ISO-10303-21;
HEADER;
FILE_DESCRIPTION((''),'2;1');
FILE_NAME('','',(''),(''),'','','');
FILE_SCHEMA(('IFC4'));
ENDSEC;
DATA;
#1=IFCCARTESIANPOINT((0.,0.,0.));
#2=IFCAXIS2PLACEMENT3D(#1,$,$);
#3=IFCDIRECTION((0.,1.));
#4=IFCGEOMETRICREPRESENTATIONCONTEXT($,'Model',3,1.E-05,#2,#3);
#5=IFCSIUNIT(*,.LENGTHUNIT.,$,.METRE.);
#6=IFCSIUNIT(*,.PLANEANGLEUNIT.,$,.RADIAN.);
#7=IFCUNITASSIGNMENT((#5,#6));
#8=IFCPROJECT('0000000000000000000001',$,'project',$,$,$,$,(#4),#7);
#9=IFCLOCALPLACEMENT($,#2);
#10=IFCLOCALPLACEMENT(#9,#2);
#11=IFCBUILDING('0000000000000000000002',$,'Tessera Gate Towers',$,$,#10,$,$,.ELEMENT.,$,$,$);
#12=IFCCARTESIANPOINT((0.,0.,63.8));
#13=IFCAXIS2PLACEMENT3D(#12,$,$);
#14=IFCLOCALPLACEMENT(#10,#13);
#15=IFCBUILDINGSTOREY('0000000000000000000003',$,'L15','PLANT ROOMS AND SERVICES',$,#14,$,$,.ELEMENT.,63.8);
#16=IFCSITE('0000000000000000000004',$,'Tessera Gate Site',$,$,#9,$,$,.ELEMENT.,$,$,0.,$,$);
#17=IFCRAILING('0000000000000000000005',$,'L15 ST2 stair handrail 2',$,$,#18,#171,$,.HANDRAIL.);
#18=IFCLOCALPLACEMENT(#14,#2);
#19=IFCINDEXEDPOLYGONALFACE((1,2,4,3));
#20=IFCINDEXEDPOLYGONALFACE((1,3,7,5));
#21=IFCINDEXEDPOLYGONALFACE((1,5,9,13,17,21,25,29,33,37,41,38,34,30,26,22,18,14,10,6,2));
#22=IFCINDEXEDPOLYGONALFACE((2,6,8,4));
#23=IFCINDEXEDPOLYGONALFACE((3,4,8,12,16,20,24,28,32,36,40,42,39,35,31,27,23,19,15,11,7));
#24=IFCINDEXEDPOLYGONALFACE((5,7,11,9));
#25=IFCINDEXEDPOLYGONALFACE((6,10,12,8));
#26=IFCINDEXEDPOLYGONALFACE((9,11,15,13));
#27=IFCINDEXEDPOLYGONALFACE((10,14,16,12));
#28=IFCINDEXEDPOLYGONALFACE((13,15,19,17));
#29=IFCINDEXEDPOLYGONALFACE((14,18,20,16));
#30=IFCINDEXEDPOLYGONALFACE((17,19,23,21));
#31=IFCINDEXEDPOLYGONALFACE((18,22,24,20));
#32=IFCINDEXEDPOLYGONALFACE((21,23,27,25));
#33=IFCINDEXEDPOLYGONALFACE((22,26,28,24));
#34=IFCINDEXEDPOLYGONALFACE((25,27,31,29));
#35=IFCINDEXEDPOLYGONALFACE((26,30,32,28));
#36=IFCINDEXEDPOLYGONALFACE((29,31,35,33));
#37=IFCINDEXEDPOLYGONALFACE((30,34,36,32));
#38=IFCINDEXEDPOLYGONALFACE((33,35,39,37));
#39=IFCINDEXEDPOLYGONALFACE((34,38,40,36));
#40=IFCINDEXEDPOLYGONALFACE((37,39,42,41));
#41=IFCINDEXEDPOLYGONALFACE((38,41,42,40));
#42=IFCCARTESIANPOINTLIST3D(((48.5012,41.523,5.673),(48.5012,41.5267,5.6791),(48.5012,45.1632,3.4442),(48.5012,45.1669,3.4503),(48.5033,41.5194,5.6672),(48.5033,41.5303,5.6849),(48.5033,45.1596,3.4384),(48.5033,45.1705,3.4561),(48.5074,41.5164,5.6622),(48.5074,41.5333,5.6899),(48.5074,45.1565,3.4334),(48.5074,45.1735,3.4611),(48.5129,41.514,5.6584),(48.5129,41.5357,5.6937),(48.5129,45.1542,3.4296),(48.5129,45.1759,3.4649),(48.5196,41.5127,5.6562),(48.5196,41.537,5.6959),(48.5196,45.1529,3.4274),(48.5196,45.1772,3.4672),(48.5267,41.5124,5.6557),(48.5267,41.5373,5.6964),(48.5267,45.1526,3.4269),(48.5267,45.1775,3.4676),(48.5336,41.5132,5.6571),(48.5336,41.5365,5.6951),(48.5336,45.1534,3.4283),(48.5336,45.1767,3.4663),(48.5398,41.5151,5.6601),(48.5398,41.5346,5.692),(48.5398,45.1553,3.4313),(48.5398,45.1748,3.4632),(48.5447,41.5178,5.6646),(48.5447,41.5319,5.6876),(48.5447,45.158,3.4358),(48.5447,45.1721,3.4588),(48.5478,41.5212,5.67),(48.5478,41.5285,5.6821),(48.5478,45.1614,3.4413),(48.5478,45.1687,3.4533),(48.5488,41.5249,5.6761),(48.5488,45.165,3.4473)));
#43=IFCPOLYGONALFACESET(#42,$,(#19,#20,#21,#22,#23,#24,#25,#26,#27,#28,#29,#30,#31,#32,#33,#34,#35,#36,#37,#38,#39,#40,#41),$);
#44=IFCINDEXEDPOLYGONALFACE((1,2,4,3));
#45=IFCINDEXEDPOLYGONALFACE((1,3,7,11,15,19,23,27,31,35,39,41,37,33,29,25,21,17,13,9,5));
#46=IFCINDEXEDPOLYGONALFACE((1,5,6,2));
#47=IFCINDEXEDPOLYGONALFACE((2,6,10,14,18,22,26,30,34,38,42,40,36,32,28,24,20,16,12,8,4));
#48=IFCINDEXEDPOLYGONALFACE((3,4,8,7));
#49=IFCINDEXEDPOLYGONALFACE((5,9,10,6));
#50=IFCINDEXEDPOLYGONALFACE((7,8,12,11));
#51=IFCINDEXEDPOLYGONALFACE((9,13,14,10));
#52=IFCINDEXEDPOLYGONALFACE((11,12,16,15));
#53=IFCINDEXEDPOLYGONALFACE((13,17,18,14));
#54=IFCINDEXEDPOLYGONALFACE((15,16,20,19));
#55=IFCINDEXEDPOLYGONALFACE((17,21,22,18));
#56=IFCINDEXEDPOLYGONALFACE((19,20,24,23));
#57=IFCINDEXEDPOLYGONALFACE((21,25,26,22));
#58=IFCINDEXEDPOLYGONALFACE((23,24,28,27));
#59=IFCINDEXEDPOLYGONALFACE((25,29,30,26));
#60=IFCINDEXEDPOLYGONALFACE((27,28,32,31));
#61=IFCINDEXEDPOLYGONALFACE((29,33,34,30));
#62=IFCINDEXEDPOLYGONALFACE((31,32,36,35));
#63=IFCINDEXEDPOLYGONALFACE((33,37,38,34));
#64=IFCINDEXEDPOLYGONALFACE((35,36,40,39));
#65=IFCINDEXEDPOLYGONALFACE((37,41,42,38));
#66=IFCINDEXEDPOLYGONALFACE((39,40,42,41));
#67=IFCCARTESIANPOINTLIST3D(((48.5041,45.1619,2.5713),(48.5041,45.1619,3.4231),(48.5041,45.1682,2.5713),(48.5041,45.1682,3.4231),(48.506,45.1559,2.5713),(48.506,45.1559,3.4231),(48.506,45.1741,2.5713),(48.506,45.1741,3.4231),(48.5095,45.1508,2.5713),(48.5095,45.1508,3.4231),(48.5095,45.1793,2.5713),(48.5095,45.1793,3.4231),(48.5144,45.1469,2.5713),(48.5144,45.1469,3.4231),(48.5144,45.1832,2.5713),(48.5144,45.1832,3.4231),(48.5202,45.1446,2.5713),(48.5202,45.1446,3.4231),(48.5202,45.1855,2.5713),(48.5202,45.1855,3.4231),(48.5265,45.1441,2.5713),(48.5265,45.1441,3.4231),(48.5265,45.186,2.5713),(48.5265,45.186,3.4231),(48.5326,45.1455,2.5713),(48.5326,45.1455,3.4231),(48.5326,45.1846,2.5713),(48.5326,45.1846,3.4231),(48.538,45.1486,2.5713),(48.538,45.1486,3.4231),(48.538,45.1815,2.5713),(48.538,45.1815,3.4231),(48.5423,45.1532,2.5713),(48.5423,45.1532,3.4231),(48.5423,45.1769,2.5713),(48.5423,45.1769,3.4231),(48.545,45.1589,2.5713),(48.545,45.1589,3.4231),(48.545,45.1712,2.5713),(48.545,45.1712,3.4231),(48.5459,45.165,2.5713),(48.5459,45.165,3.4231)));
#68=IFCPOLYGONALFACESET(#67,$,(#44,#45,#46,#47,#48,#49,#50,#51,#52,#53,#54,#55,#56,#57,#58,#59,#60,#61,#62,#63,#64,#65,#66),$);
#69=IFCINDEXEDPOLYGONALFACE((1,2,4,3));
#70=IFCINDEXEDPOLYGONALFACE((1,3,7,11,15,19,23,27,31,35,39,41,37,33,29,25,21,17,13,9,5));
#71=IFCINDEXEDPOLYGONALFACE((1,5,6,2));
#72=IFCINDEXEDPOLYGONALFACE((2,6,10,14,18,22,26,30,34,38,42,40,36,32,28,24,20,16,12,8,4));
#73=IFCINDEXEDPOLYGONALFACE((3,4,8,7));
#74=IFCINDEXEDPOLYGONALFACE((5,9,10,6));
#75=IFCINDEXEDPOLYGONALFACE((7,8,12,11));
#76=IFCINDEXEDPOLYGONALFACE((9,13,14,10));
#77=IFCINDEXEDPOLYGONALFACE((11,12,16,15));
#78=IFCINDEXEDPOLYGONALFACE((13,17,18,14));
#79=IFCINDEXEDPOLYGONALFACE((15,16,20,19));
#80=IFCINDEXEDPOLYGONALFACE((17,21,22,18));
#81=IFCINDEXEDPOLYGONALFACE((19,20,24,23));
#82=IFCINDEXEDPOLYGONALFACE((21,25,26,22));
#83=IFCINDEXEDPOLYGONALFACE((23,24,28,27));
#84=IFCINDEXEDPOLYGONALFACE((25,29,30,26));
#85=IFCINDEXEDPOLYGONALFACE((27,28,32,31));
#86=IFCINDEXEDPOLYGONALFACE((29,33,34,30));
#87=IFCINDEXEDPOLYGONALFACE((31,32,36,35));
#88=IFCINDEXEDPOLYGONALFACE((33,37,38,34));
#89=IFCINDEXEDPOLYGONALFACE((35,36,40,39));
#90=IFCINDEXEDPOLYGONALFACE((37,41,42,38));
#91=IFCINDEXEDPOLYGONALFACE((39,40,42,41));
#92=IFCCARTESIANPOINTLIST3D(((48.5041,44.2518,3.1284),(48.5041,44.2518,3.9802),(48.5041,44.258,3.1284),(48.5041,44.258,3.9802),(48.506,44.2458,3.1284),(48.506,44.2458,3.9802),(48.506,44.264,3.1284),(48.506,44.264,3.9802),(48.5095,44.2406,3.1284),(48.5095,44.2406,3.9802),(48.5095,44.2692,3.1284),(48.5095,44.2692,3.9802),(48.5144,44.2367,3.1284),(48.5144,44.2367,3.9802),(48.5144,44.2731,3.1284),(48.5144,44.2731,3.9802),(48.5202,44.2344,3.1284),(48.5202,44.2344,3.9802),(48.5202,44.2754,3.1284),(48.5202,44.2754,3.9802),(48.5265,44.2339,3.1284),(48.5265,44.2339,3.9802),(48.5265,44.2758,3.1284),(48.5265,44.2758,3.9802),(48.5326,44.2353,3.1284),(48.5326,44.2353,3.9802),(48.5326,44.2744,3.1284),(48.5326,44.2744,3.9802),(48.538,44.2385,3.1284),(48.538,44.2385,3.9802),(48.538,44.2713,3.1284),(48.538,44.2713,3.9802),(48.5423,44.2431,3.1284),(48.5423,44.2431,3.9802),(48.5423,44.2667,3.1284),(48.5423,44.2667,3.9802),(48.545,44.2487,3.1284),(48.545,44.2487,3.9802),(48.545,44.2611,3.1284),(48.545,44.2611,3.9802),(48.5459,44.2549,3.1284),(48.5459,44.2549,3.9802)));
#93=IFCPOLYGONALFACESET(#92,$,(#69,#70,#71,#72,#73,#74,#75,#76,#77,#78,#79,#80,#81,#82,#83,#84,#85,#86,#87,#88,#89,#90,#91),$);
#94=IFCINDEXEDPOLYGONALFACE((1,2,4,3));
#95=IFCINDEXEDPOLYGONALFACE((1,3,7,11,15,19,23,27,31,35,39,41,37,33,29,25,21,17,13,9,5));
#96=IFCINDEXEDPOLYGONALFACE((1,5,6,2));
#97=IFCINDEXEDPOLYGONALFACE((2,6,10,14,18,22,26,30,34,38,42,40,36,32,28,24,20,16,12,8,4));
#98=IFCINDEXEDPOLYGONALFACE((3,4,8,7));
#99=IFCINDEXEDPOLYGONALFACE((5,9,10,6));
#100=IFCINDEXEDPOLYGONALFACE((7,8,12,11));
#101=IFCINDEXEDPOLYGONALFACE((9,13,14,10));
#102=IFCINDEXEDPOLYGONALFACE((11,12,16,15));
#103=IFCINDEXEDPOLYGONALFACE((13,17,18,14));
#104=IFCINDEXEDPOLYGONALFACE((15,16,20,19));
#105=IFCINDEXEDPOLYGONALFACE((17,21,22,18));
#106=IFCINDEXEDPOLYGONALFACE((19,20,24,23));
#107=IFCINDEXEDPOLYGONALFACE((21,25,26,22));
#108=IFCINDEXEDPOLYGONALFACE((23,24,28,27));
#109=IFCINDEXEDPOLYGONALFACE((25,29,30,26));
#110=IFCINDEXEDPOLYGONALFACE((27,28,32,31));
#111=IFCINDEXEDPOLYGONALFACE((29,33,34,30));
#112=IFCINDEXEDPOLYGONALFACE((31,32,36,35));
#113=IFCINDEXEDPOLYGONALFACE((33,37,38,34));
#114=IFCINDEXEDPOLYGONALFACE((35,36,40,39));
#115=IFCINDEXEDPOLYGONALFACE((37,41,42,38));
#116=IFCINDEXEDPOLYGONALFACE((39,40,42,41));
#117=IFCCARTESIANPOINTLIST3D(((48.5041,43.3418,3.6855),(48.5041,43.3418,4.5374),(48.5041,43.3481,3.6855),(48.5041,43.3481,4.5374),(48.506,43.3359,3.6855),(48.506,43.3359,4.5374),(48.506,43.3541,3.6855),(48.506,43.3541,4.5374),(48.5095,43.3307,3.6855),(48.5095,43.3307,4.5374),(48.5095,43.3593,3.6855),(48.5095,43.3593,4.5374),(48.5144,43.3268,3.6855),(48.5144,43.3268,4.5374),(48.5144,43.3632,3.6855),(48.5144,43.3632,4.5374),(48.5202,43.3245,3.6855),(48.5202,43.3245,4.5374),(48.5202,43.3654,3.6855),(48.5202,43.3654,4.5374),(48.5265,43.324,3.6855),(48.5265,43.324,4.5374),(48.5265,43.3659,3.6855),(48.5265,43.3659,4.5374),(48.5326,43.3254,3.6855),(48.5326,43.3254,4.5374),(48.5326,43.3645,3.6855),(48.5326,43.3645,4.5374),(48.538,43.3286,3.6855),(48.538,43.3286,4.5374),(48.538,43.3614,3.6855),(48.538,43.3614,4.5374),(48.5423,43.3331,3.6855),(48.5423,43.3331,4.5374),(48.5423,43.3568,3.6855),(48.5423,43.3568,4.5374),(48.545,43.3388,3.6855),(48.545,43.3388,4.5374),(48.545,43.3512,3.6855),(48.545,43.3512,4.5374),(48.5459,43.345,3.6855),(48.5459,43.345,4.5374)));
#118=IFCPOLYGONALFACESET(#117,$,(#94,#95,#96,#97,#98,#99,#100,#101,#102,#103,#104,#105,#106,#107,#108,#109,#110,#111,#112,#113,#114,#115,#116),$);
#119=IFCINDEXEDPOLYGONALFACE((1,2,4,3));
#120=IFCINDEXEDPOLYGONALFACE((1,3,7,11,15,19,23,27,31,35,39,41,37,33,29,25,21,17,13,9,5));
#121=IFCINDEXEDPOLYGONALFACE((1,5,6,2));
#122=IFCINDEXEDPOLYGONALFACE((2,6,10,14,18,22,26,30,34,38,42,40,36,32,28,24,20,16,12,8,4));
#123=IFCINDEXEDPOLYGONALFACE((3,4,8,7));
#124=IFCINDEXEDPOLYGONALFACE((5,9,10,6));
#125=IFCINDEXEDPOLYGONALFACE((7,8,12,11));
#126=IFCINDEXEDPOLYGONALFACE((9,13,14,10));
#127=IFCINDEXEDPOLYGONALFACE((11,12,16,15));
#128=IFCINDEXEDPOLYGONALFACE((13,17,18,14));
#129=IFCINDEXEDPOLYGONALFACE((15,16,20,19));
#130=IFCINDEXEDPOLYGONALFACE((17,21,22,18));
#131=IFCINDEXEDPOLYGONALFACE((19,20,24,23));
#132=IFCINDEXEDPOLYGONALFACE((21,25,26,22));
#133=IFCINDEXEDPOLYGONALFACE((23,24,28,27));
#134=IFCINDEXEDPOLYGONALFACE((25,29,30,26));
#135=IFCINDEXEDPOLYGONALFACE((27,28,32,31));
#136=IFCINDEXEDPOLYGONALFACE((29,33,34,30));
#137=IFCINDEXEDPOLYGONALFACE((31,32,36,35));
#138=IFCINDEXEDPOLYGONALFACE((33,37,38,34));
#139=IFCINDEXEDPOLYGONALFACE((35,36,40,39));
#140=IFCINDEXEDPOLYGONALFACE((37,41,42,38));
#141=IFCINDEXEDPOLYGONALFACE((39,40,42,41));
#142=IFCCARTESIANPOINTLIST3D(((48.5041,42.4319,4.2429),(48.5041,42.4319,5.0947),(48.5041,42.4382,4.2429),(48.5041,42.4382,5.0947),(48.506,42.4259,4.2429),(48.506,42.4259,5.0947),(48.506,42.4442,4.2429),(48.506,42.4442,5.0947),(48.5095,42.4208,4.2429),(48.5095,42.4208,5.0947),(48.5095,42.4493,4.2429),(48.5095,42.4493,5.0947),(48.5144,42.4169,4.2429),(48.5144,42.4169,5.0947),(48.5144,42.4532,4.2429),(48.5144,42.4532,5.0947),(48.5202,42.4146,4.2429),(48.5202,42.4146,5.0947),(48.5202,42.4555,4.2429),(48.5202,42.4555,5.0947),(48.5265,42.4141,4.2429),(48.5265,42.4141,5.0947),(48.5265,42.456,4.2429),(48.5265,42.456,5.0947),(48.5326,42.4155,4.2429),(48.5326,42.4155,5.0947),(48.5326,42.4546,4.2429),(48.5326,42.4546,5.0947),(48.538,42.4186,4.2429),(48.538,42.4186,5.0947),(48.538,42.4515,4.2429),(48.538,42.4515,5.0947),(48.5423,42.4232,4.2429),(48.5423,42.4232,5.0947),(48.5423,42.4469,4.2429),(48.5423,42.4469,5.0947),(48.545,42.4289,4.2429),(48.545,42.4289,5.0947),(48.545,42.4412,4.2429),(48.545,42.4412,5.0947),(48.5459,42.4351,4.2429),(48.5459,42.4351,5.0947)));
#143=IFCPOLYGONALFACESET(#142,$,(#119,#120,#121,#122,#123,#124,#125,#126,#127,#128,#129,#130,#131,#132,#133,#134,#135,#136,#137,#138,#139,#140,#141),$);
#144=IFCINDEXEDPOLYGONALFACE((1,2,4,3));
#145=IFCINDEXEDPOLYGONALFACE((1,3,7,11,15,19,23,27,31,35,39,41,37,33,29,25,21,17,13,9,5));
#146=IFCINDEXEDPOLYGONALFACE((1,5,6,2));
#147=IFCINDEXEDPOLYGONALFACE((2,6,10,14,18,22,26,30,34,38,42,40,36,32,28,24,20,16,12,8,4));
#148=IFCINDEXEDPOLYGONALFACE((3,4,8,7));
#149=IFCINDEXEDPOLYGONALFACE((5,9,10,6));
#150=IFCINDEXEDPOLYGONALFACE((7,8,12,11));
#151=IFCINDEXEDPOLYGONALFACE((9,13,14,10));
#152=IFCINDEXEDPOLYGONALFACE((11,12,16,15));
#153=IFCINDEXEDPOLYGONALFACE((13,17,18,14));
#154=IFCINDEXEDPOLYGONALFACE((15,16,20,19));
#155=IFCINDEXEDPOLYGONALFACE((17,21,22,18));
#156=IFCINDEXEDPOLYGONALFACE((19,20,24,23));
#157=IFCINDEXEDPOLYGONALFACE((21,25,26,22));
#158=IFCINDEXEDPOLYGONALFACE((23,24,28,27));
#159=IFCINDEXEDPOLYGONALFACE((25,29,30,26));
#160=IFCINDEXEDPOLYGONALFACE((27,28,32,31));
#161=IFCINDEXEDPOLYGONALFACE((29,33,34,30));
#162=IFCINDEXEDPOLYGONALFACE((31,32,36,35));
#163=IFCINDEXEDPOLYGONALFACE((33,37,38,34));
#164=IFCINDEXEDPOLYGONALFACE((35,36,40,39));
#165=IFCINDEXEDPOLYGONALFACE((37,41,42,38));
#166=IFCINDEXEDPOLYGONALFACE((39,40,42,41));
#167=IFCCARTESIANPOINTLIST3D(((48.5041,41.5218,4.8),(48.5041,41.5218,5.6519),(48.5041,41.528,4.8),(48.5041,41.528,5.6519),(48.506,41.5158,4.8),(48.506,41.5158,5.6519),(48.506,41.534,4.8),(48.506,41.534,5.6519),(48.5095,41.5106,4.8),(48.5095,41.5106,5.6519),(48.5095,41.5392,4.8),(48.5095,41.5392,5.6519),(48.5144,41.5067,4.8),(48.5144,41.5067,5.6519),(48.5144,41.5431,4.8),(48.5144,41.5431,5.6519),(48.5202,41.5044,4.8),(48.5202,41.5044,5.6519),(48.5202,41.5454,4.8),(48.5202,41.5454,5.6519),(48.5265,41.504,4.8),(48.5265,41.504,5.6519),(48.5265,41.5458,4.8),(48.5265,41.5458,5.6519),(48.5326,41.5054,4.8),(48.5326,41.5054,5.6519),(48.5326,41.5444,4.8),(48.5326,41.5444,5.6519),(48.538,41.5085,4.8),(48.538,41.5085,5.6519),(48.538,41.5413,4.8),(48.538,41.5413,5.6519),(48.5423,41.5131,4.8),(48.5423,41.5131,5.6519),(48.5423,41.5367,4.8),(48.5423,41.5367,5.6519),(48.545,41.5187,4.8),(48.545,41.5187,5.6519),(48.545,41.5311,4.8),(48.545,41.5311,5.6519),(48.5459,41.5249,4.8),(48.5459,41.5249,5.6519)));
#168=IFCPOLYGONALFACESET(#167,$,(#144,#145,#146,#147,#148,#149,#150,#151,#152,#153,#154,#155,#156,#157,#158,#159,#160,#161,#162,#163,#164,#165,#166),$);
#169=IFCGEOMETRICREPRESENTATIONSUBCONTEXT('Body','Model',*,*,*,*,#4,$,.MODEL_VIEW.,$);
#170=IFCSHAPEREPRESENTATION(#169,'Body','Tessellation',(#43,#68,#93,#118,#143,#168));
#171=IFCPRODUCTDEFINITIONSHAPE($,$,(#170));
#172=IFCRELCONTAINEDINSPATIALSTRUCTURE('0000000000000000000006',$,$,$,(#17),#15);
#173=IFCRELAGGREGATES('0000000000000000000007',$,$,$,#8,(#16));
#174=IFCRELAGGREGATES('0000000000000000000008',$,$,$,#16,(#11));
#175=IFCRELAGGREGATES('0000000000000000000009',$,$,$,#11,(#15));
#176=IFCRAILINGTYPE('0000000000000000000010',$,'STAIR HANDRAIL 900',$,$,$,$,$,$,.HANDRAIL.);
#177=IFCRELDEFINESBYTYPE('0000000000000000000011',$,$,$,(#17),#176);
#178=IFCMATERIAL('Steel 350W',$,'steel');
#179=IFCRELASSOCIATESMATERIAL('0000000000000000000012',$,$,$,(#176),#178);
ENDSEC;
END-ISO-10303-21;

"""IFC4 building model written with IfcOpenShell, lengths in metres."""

from ifc_helpers import new_model, si_unit, direction, frame, origin, origin_2d, place, context, subcontext, project, spatial, circle, extrude, material, type_object, element, save


model = new_model("IFC4")

# Units and contexts
model_context = context("Model", 3, precision=1e-05, world=origin(), true_north=direction((0.0, 1.0)))
body_context = subcontext(model_context, "Body", "Model", "MODEL_VIEW")
ifc_project = project(units=[si_unit("LENGTHUNIT", "METRE"), si_unit("PLANEANGLEUNIT", "RADIAN")], contexts=[model_context])

# Site, building, storey
site_placement = place(None, origin())
site = spatial("IfcSite", under=ifc_project, at=site_placement, Name="Tessera Gate Site", CompositionType="ELEMENT", RefElevation=0.0)
building_placement = place(site_placement, origin())
building = spatial("IfcBuilding", under=site, at=building_placement, Name="Tessera Gate Towers", CompositionType="ELEMENT")
storey_placement = place(building_placement, frame((0.0, 0.0, 63.8)))
storey = spatial("IfcBuildingStorey", under=building, at=storey_placement, Name="L15", Description="PLANT ROOMS AND SERVICES", CompositionType="ELEMENT", Elevation=63.8)

# Railing
ifc_material_1 = material(Name="Steel 350W", Category="steel")
railing_type = type_object("IfcRailingType", Name="STAIR HANDRAIL 900", PredefinedType="HANDRAIL", material=ifc_material_1)
railing_placement = place(storey_placement, frame((48.5249, 45.165, 2.5713)))
element("IfcRailing", 1, at=railing_placement, inside=storey, type_object=railing_type, Name="L15 ST2 stair handrail 2", PredefinedType="HANDRAIL", context=body_context, shape_type="SweptSolid", body=[
    extrude(circle(Radius=0.0239, at=origin_2d()), frame((0.0, 0.0, 0.876), z_axis=(0.0, -0.85284, 0.522172), x_axis=(1.0, 0.0, 0.0)), (0.0, 0.0, 1.0), 4.2683),
    extrude(circle(Radius=0.021, at=origin_2d()), origin(), (0.0, 0.0, 1.0), 0.8518),
    extrude(circle(Radius=0.021, at=origin_2d()), frame((0.0, -0.9102, 0.5571)), (0.0, 0.0, 1.0), 0.8518),
    extrude(circle(Radius=0.021, at=origin_2d()), frame((0.0, -1.8201, 1.1143)), (0.0, 0.0, 1.0), 0.8518),
    extrude(circle(Radius=0.021, at=origin_2d()), frame((0.0, -2.73, 1.6716)), (0.0, 0.0, 1.0), 0.8518),
    extrude(circle(Radius=0.021, at=origin_2d()), frame((0.0, -3.6401, 2.2288)), (0.0, 0.0, 1.0), 0.8518),
])

save(model, "model.ifc")
